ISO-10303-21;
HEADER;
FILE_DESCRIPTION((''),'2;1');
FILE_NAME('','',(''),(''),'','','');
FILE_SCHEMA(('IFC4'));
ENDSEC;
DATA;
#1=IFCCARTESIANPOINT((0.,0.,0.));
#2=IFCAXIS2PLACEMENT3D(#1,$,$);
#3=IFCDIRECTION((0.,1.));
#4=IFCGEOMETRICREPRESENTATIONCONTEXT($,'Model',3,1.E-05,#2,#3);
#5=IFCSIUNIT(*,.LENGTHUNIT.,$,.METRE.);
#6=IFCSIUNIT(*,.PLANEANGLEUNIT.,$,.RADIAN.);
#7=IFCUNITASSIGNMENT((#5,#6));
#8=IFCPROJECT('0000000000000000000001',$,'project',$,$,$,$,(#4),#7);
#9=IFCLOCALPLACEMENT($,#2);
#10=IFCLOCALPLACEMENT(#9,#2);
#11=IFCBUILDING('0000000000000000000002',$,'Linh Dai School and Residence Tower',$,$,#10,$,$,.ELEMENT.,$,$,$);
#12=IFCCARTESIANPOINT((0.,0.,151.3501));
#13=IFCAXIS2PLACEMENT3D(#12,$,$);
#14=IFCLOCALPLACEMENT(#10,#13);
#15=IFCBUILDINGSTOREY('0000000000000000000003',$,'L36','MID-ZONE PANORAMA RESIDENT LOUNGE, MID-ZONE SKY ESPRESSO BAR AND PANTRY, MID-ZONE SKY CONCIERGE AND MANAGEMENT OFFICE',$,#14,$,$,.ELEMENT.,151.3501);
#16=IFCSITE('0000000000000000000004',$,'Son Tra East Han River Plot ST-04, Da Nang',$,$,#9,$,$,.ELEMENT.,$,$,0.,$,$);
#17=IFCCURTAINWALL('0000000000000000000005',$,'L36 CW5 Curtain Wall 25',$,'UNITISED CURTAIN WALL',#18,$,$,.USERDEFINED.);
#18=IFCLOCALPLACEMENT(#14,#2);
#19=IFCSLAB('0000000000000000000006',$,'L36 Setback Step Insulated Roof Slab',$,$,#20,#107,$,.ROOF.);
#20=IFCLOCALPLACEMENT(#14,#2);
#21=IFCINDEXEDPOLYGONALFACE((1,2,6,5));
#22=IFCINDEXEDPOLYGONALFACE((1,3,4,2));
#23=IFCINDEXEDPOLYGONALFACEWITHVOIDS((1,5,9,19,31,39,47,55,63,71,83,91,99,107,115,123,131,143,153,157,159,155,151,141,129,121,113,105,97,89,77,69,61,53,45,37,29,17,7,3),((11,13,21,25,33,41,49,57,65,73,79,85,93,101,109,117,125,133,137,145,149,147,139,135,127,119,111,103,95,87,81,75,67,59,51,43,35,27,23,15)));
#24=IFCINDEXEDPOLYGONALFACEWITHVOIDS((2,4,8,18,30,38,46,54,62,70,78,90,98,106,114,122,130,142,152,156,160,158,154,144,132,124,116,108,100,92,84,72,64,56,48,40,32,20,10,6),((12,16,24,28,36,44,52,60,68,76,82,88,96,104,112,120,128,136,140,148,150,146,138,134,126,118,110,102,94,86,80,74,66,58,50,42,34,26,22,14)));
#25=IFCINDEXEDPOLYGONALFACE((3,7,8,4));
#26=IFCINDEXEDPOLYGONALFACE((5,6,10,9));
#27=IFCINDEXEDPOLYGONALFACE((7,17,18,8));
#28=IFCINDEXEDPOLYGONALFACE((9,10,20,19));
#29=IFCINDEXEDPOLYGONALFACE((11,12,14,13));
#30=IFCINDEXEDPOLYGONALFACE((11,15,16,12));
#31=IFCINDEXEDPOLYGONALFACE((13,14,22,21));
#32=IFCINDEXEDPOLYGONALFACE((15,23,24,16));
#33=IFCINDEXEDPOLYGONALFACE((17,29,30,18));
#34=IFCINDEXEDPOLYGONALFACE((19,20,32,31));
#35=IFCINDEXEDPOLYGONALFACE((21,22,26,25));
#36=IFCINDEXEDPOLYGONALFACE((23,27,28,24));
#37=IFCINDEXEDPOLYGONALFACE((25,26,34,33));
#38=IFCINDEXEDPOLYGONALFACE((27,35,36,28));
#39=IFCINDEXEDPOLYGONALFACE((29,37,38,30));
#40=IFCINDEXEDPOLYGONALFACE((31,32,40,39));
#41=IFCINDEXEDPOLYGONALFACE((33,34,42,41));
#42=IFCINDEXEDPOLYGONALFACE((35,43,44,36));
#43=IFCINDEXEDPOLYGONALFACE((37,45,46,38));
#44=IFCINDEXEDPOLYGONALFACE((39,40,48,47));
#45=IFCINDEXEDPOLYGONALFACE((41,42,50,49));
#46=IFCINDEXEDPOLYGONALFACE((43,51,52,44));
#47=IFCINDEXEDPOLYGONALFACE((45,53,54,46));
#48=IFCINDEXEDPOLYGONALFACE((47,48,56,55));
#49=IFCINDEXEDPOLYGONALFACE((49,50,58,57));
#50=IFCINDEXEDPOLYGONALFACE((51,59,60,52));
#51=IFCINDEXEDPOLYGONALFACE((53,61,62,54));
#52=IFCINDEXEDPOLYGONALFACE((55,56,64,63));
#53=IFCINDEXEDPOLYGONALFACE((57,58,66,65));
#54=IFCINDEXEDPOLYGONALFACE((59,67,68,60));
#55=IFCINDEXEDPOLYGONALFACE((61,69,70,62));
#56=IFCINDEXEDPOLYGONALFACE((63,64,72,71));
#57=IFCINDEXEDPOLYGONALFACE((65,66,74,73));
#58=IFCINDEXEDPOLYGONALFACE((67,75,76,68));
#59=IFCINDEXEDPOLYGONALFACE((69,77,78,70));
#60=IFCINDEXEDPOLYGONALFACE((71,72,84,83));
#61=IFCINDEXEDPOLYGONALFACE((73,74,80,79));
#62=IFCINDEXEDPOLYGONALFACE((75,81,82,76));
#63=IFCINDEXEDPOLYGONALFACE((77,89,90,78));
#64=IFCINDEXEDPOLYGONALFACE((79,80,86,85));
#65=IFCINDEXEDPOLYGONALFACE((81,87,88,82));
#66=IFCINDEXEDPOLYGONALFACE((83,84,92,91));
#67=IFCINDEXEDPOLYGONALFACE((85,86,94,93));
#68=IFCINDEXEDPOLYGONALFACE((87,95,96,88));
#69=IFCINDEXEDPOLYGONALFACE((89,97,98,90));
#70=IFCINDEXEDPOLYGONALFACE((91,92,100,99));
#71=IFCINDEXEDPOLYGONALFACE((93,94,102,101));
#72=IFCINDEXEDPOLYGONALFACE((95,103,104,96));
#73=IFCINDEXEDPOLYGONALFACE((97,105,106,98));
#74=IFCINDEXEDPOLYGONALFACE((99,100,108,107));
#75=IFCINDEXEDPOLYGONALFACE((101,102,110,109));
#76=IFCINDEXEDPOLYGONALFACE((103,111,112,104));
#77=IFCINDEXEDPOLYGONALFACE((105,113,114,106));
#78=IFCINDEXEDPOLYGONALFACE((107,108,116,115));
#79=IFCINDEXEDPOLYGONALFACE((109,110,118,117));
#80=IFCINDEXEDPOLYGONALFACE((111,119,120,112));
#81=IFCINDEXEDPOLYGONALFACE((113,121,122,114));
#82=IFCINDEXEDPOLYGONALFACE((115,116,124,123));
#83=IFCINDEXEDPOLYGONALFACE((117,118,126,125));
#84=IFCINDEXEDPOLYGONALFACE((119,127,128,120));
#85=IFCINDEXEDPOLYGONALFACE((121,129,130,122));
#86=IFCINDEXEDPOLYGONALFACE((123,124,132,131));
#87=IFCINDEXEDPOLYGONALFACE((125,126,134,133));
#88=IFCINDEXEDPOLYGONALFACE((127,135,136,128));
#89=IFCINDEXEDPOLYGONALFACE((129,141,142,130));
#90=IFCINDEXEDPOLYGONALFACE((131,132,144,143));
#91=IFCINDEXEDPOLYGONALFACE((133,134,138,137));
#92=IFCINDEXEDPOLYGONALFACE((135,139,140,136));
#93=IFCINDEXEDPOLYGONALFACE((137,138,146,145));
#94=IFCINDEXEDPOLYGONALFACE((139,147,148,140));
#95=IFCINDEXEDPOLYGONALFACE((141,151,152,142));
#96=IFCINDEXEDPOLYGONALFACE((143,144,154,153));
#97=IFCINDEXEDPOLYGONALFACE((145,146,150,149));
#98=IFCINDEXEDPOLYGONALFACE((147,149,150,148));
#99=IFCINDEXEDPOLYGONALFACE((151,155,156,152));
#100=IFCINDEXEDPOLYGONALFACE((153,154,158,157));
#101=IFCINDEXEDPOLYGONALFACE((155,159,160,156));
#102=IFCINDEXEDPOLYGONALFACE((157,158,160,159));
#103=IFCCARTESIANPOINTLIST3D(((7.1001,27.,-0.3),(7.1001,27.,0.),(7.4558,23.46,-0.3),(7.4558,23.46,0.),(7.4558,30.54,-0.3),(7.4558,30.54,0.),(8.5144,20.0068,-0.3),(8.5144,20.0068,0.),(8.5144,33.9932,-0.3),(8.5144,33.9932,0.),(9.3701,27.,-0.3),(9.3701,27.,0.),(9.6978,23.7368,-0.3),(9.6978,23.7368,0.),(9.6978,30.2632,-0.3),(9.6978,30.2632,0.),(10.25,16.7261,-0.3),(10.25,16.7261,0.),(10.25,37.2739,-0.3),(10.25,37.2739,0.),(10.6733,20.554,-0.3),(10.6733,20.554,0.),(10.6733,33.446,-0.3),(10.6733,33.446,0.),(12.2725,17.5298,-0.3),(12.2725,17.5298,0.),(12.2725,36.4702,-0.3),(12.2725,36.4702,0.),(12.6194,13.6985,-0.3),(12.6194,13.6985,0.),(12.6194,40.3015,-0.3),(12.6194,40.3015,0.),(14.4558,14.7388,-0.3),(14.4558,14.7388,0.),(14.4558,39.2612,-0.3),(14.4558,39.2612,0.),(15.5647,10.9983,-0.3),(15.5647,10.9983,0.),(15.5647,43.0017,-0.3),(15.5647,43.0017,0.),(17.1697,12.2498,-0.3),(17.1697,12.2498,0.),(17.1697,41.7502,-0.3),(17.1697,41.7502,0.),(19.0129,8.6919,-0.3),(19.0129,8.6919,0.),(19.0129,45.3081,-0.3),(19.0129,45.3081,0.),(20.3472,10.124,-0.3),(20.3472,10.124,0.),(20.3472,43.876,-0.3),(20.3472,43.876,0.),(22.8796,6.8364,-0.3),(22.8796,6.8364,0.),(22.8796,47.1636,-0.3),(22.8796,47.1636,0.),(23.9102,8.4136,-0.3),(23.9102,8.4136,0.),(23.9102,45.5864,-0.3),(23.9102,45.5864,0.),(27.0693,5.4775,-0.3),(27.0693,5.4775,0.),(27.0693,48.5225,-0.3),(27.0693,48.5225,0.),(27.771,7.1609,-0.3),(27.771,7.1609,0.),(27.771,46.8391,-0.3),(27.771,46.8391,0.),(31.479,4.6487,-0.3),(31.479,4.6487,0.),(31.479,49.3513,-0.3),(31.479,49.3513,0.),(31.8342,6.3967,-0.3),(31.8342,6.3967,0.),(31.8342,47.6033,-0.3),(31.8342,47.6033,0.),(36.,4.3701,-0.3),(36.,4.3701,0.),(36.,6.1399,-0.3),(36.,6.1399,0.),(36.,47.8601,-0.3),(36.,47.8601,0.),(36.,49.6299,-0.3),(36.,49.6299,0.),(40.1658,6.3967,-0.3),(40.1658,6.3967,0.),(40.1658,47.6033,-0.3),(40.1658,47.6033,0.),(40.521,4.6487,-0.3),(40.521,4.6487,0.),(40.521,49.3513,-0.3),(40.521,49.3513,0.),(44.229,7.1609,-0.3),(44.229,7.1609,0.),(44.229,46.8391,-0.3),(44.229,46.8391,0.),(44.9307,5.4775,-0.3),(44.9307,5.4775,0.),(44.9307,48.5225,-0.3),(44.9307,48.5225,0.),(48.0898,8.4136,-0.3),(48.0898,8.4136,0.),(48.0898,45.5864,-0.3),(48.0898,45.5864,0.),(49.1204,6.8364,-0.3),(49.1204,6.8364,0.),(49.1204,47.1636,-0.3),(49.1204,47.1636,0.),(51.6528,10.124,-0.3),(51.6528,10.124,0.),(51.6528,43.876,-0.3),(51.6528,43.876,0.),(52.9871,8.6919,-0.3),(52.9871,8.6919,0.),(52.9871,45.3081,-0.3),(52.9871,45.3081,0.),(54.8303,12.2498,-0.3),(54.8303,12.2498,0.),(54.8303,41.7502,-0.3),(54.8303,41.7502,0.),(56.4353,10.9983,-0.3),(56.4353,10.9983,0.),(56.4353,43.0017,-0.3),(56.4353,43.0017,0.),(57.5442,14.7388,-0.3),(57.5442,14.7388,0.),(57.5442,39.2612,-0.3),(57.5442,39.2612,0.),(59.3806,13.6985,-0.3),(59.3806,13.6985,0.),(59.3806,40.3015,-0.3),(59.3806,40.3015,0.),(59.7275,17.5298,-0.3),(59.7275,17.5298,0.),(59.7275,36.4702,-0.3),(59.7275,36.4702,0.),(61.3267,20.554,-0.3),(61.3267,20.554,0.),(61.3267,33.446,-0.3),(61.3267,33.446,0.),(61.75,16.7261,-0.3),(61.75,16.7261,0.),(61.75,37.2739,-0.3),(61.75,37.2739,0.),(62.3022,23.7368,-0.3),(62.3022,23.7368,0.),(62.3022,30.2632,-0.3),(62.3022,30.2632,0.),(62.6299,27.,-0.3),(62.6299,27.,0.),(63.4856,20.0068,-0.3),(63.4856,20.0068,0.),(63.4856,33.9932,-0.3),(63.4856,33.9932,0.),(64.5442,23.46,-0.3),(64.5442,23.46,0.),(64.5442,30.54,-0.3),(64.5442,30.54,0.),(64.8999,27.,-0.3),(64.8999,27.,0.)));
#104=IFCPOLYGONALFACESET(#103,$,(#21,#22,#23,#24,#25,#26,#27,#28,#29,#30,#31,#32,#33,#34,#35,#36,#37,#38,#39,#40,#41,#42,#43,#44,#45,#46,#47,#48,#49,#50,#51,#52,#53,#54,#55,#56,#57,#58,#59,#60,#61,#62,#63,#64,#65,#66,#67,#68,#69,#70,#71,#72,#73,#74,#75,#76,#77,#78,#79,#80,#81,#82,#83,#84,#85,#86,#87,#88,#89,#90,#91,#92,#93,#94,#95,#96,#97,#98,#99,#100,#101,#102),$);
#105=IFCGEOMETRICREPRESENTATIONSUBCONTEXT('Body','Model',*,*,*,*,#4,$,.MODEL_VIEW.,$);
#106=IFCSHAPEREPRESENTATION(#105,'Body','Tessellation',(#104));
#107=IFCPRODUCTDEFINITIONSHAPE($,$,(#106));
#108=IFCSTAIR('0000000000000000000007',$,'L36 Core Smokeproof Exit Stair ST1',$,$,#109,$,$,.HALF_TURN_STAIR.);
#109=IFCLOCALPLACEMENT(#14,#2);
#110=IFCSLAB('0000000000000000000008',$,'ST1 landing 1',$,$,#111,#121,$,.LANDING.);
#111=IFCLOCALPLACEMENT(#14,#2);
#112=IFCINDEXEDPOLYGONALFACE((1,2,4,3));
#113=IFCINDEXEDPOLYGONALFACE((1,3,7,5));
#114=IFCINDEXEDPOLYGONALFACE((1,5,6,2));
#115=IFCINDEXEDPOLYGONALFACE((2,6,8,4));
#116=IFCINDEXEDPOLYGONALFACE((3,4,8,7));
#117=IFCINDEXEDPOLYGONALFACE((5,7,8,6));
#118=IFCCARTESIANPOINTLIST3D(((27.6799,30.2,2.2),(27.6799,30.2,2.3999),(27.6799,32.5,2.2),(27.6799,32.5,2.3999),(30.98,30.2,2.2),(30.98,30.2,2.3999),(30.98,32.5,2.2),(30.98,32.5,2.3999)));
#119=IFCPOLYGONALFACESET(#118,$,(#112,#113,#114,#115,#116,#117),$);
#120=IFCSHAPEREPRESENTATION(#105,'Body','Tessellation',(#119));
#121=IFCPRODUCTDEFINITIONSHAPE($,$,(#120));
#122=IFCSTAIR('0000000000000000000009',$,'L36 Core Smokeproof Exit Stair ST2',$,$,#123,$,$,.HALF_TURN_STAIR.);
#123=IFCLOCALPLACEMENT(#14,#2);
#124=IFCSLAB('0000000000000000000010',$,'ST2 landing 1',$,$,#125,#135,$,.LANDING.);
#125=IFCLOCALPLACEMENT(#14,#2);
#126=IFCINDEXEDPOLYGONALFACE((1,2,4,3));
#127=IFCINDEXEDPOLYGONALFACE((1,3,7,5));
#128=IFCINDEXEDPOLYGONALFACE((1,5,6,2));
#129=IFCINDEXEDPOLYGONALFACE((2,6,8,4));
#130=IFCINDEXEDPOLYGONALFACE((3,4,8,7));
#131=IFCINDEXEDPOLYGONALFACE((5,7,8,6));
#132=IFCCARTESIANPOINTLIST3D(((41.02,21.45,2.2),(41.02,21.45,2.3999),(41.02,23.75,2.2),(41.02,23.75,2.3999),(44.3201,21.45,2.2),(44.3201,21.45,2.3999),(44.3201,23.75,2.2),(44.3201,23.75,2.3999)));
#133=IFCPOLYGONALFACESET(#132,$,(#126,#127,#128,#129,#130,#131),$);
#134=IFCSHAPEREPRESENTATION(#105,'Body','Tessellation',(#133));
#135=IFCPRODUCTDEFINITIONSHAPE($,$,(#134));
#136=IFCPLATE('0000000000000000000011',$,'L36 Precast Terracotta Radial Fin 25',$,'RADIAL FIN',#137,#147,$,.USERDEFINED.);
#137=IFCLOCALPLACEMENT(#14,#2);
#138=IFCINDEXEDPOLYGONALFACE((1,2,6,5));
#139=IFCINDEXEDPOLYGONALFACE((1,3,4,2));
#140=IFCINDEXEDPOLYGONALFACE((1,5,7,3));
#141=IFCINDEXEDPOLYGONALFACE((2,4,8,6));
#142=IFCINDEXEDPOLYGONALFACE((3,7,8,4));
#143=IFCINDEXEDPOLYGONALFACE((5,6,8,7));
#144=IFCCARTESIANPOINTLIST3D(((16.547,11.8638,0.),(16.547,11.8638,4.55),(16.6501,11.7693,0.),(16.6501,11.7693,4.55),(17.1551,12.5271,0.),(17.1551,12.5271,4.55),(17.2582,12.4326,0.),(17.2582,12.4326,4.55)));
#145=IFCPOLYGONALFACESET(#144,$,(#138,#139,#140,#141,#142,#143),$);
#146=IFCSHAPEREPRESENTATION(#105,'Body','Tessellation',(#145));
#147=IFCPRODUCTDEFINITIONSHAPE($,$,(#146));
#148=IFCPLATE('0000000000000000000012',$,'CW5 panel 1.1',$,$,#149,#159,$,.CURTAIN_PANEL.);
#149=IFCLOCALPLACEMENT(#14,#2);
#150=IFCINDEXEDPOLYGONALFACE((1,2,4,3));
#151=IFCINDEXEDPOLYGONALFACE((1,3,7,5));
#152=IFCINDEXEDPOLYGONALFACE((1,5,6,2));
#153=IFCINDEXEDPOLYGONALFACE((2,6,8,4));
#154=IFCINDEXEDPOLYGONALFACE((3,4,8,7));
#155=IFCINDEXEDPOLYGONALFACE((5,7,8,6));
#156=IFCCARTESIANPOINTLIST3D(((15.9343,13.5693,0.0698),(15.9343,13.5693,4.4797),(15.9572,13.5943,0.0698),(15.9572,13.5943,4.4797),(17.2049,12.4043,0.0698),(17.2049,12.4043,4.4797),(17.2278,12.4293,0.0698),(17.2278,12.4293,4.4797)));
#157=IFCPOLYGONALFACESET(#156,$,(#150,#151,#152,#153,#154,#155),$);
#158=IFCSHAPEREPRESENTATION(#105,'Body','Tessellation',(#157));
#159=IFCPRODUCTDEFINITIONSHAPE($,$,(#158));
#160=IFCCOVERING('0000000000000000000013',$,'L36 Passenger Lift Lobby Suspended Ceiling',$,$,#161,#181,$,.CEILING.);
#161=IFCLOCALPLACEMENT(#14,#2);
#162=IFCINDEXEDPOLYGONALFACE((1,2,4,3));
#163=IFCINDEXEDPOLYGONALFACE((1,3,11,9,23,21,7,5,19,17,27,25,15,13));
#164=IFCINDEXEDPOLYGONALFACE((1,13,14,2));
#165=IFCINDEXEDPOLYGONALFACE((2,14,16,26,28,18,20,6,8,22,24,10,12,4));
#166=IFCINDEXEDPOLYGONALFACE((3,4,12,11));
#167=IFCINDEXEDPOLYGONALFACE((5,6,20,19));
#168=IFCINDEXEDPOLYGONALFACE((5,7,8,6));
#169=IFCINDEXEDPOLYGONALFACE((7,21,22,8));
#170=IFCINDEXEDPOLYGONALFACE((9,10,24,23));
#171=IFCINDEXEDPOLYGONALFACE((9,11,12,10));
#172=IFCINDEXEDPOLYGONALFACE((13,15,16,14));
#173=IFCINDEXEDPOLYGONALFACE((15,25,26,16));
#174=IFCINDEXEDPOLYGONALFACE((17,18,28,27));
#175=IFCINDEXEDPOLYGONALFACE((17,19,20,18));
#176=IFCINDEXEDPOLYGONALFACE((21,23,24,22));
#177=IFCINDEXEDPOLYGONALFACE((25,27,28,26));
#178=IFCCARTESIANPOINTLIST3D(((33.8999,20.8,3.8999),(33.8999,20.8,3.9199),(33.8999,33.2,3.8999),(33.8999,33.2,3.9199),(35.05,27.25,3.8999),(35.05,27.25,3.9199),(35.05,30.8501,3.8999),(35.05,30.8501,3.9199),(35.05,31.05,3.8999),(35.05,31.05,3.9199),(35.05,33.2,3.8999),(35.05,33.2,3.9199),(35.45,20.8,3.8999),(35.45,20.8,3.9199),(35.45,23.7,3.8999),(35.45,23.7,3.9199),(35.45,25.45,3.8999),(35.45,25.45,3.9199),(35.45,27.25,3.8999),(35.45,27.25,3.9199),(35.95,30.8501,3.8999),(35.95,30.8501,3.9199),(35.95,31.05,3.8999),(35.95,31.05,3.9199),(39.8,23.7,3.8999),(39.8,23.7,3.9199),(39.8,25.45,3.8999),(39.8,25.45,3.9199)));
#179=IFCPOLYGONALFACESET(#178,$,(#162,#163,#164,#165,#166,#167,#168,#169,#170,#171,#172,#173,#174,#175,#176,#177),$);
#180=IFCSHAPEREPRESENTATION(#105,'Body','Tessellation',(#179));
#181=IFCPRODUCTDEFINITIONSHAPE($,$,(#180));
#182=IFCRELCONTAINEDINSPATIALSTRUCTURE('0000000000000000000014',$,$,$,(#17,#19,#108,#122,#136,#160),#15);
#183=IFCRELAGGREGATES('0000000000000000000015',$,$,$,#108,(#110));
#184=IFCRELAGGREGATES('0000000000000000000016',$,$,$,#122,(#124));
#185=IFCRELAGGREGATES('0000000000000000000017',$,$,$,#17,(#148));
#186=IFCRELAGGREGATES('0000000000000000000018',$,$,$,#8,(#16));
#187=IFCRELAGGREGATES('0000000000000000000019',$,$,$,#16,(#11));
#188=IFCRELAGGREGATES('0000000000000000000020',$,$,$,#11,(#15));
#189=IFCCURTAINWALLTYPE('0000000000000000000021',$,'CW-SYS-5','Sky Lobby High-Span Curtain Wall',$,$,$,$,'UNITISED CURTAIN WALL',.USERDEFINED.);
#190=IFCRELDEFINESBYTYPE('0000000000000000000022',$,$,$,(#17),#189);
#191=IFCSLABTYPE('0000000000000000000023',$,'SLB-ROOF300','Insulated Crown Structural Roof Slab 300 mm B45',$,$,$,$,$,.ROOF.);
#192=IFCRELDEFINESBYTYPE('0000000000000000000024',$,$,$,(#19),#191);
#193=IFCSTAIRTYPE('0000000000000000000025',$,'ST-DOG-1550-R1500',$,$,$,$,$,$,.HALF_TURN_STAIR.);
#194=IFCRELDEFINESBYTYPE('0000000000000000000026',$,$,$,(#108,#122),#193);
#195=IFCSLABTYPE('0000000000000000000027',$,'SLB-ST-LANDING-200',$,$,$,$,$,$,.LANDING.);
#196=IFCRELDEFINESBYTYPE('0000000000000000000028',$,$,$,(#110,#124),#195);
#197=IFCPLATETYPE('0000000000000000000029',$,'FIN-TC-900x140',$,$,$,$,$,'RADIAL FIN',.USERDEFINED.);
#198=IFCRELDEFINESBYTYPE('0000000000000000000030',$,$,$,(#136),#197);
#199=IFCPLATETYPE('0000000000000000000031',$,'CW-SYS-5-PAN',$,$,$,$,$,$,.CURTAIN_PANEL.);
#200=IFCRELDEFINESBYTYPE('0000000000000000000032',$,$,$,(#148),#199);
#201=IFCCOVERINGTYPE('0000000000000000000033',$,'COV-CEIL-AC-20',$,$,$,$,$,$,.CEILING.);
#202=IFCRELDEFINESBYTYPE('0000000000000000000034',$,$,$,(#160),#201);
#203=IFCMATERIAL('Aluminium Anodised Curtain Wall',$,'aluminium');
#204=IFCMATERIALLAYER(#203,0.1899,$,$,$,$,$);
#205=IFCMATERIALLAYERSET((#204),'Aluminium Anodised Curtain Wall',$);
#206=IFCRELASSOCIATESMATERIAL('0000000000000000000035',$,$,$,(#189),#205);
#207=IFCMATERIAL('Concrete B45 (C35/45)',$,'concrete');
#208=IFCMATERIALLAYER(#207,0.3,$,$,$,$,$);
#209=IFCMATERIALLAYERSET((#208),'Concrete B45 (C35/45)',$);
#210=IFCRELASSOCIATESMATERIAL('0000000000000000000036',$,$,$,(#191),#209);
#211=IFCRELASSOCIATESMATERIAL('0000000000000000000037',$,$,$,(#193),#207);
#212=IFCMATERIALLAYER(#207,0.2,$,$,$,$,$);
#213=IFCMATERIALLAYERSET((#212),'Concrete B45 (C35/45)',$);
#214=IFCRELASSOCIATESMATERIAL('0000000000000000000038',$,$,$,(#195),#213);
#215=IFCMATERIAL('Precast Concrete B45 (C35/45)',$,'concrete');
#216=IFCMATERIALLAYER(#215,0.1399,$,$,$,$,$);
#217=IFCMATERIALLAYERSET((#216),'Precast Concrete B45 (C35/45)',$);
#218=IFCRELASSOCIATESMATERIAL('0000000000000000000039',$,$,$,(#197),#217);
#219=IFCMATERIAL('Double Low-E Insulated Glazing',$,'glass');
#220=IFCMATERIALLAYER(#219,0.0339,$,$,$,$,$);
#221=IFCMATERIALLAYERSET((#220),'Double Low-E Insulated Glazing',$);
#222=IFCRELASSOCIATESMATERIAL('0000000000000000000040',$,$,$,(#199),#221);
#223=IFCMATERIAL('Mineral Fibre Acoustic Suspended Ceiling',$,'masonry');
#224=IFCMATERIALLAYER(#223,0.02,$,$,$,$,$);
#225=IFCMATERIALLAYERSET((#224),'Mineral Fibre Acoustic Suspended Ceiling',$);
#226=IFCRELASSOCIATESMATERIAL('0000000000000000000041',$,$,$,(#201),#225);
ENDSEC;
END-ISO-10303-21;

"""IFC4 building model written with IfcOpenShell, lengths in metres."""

from ifc_helpers import new_model, si_unit, direction, frame, origin, origin_2d, place, context, subcontext, project, spatial, polyline, rectangle, outline, extrude, source, transform, mapped, material, layer, layer_set, type_object, element, aggregate, save


model = new_model("IFC4")

# Units and contexts
model_context = context("Model", 3, precision=1e-05, world=origin(), true_north=direction((0.0, 1.0)))
body_context = subcontext(model_context, "Body", "Model", "MODEL_VIEW")
ifc_project = project(units=[si_unit("LENGTHUNIT", "METRE"), si_unit("PLANEANGLEUNIT", "RADIAN")], contexts=[model_context])

# Site, building, storey
site_placement = place(None, origin())
site = spatial("IfcSite", under=ifc_project, at=site_placement, Name="Son Tra East Han River Plot ST-04, Da Nang", CompositionType="ELEMENT", RefElevation=0.0)
building_placement = place(site_placement, origin())
building = spatial("IfcBuilding", under=site, at=building_placement, Name="Linh Dai School and Residence Tower", CompositionType="ELEMENT")
storey_placement = place(building_placement, frame((0.0, 0.0, 151.3501)))
storey = spatial("IfcBuildingStorey", under=building, at=storey_placement, Name="L36", Description="MID-ZONE PANORAMA RESIDENT LOUNGE, MID-ZONE SKY ESPRESSO BAR AND PANTRY, MID-ZONE SKY CONCIERGE AND MANAGEMENT OFFICE", CompositionType="ELEMENT", Elevation=151.3501)

# Curtain wall
ifc_material_1 = material(Name="Aluminium Anodised Curtain Wall", Category="aluminium")
ifc_layer_1 = layer(ifc_material_1, 0.1899)
ifc_layer_set_1 = layer_set([ifc_layer_1], Name="Aluminium Anodised Curtain Wall")
curtain_wall_type = type_object("IfcCurtainWallType", Name="CW-SYS-5", Description="Sky Lobby High-Span Curtain Wall", ElementType="UNITISED CURTAIN WALL", PredefinedType="USERDEFINED", material=ifc_layer_set_1)
curtain_wall_placement = place(storey_placement, origin())
curtain_wall = element("IfcCurtainWall", 1, at=curtain_wall_placement, inside=storey, type_object=curtain_wall_type, Name="L36 CW5 Curtain Wall 25", ObjectType="UNITISED CURTAIN WALL", PredefinedType="USERDEFINED")

# Slab
ifc_material_2 = material(Name="Concrete B45 (C35/45)", Category="concrete")
ifc_layer_2 = layer(ifc_material_2, 0.3)
ifc_layer_set_2 = layer_set([ifc_layer_2], Name="Concrete B45 (C35/45)")
slab_type_1 = type_object("IfcSlabType", Name="SLB-ROOF300", Description="Insulated Crown Structural Roof Slab 300 mm B45", PredefinedType="ROOF", material=ifc_layer_set_2)
slab_1_placement = place(storey_placement, frame((0.0, 0.0, -0.3)))
element("IfcSlab", 2, at=slab_1_placement, inside=storey, type_object=slab_type_1, Name="L36 Setback Step Insulated Roof Slab", PredefinedType="ROOF", context=body_context, shape_type="SweptSolid", body=[
    extrude(outline(polyline([(64.8999, 27.0), (64.5442, 30.54), (63.4856, 33.9932), (61.75, 37.2739), (59.3806, 40.3015), (56.4353, 43.0017), (52.9871, 45.3081), (49.1204, 47.1636), (44.9307, 48.5225), (40.521, 49.3513), (36.0, 49.6299), (31.479, 49.3513), (27.0693, 48.5225), (22.8796, 47.1636), (19.0129, 45.3081), (15.5647, 43.0017), (12.6194, 40.3015), (10.25, 37.2739), (8.5144, 33.9932), (7.4558, 30.54), (7.1001, 27.0), (7.4558, 23.46), (8.5144, 20.0068), (10.25, 16.7261), (12.6194, 13.6985), (15.5647, 10.9983), (19.0129, 8.6919), (22.8796, 6.8364), (27.0693, 5.4775), (31.479, 4.6487), (36.0, 4.3701), (40.521, 4.6487), (44.9307, 5.4775), (49.1204, 6.8364), (52.9871, 8.6919), (56.4353, 10.9983), (59.3806, 13.6985), (61.75, 16.7261), (63.4856, 20.0068), (64.5442, 23.46), (64.8999, 27.0)]), holes=[polyline([(62.6299, 27.0), (62.3022, 30.2632), (61.3267, 33.446), (59.7275, 36.4702), (57.5442, 39.2612), (54.8303, 41.7502), (51.6528, 43.876), (48.0898, 45.5864), (44.229, 46.8391), (40.1658, 47.6033), (36.0, 47.8601), (31.8342, 47.6033), (27.771, 46.8391), (23.9102, 45.5864), (20.3472, 43.876), (17.1697, 41.7502), (14.4558, 39.2612), (12.2725, 36.4702), (10.6733, 33.446), (9.6978, 30.2632), (9.3701, 27.0), (9.6978, 23.7368), (10.6733, 20.554), (12.2725, 17.5298), (14.4558, 14.7388), (17.1697, 12.2498), (20.3472, 10.124), (23.9102, 8.4136), (27.771, 7.1609), (31.8342, 6.3967), (36.0, 6.1399), (40.1658, 6.3967), (44.229, 7.1609), (48.0898, 8.4136), (51.6528, 10.124), (54.8303, 12.2498), (57.5442, 14.7388), (59.7275, 17.5298), (61.3267, 20.554), (62.3022, 23.7368), (62.6299, 27.0)])]), origin(), (0.0, 0.0, 1.0), 0.3),
])

# Stairs, slabs
stair_type = type_object("IfcStairType", Name="ST-DOG-1550-R1500", PredefinedType="HALF_TURN_STAIR", material=ifc_material_2)
stair_1_placement = place(storey_placement, origin())
stair_1 = element("IfcStair", 3, at=stair_1_placement, inside=storey, type_object=stair_type, Name="L36 Core Smokeproof Exit Stair ST1", PredefinedType="HALF_TURN_STAIR")
ifc_layer_3 = layer(ifc_material_2, 0.2)
ifc_layer_set_3 = layer_set([ifc_layer_3], Name="Concrete B45 (C35/45)")
slab_type_2 = type_object("IfcSlabType", Name="SLB-ST-LANDING-200", PredefinedType="LANDING", material=ifc_layer_set_3)
slab_2_placement = place(storey_placement, frame((0.0, 0.0, 2.2)))
slab_2 = element("IfcSlab", 4, at=slab_2_placement, type_object=slab_type_2, Name="ST1 landing 1", PredefinedType="LANDING", context=body_context, shape_type="SweptSolid", body=[
    extrude(outline(polyline([(30.98, 30.2), (30.98, 32.5), (27.6799, 32.5), (27.6799, 30.2), (30.98, 30.2)])), origin(), (0.0, 0.0, 1.0), 0.2),
])
aggregate(stair_1, [slab_2])
stair_2_placement = place(storey_placement, origin())
stair_2 = element("IfcStair", 5, at=stair_2_placement, inside=storey, type_object=stair_type, Name="L36 Core Smokeproof Exit Stair ST2", PredefinedType="HALF_TURN_STAIR")
slab_3_placement = place(storey_placement, frame((0.0, 0.0, 2.2)))
slab_3 = element("IfcSlab", 6, at=slab_3_placement, type_object=slab_type_2, Name="ST2 landing 1", PredefinedType="LANDING", context=body_context, shape_type="SweptSolid", body=[
    extrude(outline(polyline([(41.02, 23.75), (41.02, 21.45), (44.3201, 21.45), (44.3201, 23.75), (41.02, 23.75)])), origin(), (0.0, 0.0, 1.0), 0.2),
])
aggregate(stair_2, [slab_3])

# Plates
ifc_material_3 = material(Name="Precast Concrete B45 (C35/45)", Category="concrete")
ifc_layer_4 = layer(ifc_material_3, 0.1399)
ifc_layer_set_4 = layer_set([ifc_layer_4], Name="Precast Concrete B45 (C35/45)")
plate_type_1 = type_object("IfcPlateType", Name="FIN-TC-900x140", ElementType="RADIAL FIN", PredefinedType="USERDEFINED", material=ifc_layer_set_4)
shared_shape_1 = source(origin(), body_context, "Body", "SweptSolid", [
    extrude(rectangle(XDim=0.8999, YDim=0.1399, at=origin_2d()), origin(), (0.0, 0.0, 1.0), 4.55),
])
plate_1_placement = place(storey_placement, frame((16.9026, 12.1482, 0.0), z_axis=(0.0, 0.0, 1.0), x_axis=(-0.6758, -0.737085, 0.0)))
element("IfcPlate", 7, at=plate_1_placement, inside=storey, type_object=plate_type_1, Name="L36 Precast Terracotta Radial Fin 25", ObjectType="RADIAL FIN", PredefinedType="USERDEFINED", context=body_context, shape_type="MappedRepresentation", body=[
    mapped(shared_shape_1, transform((0.0, 0.0, 0.0), x_axis=(1.0, 0.0, 0.0), y_axis=(0.0, 1.0, 0.0), z_axis=(0.0, 0.0, 1.0), scale=1.0)),
])
ifc_material_4 = material(Name="Double Low-E Insulated Glazing", Category="glass")
ifc_layer_5 = layer(ifc_material_4, 0.0339)
ifc_layer_set_5 = layer_set([ifc_layer_5], Name="Double Low-E Insulated Glazing")
plate_type_2 = type_object("IfcPlateType", Name="CW-SYS-5-PAN", PredefinedType="CURTAIN_PANEL", material=ifc_layer_set_5)
shared_shape_2 = source(origin(), body_context, "Body", "SweptSolid", [
    extrude(rectangle(XDim=1.7239, YDim=0.0339, at=origin_2d()), origin(), (0.0, 0.0, 1.0), 4.4099),
])
plate_2_placement = place(storey_placement, frame((16.5811, 12.9993, 0.0698), z_axis=(0.0, 0.0, 1.0), x_axis=(-0.737085, 0.6758, 0.0)))
plate_2 = element("IfcPlate", 8, at=plate_2_placement, type_object=plate_type_2, Name="CW5 panel 1.1", PredefinedType="CURTAIN_PANEL", context=body_context, shape_type="MappedRepresentation", body=[
    mapped(shared_shape_2, transform((0.0, 0.0, 0.0), x_axis=(1.0, 0.0, 0.0), y_axis=(0.0, 1.0, 0.0), z_axis=(0.0, 0.0, 1.0), scale=1.0)),
])
aggregate(curtain_wall, [plate_2])

# Covering
ifc_material_5 = material(Name="Mineral Fibre Acoustic Suspended Ceiling", Category="masonry")
ifc_layer_6 = layer(ifc_material_5, 0.02)
ifc_layer_set_6 = layer_set([ifc_layer_6], Name="Mineral Fibre Acoustic Suspended Ceiling")
covering_type_1 = type_object("IfcCoveringType", Name="COV-CEIL-AC-20", PredefinedType="CEILING", material=ifc_layer_set_6)
covering_1_placement = place(storey_placement, frame((0.0, 0.0, 3.8999)))
element("IfcCovering", 9, at=covering_1_placement, inside=storey, type_object=covering_type_1, Name="L36 Passenger Lift Lobby Suspended Ceiling", PredefinedType="CEILING", context=body_context, shape_type="SweptSolid", body=[
    extrude(outline(polyline([(35.05, 33.2), (35.05, 31.05), (35.95, 31.05), (35.95, 30.8501), (35.05, 30.8501), (35.05, 27.25), (35.45, 27.25), (35.45, 25.45), (39.8, 25.45), (39.8, 23.7), (35.45, 23.7), (35.45, 20.8), (33.8999, 20.8), (33.8999, 33.2), (35.05, 33.2)])), origin(), (0.0, 0.0, 1.0), 0.02),
])

save(model, "model.ifc")
